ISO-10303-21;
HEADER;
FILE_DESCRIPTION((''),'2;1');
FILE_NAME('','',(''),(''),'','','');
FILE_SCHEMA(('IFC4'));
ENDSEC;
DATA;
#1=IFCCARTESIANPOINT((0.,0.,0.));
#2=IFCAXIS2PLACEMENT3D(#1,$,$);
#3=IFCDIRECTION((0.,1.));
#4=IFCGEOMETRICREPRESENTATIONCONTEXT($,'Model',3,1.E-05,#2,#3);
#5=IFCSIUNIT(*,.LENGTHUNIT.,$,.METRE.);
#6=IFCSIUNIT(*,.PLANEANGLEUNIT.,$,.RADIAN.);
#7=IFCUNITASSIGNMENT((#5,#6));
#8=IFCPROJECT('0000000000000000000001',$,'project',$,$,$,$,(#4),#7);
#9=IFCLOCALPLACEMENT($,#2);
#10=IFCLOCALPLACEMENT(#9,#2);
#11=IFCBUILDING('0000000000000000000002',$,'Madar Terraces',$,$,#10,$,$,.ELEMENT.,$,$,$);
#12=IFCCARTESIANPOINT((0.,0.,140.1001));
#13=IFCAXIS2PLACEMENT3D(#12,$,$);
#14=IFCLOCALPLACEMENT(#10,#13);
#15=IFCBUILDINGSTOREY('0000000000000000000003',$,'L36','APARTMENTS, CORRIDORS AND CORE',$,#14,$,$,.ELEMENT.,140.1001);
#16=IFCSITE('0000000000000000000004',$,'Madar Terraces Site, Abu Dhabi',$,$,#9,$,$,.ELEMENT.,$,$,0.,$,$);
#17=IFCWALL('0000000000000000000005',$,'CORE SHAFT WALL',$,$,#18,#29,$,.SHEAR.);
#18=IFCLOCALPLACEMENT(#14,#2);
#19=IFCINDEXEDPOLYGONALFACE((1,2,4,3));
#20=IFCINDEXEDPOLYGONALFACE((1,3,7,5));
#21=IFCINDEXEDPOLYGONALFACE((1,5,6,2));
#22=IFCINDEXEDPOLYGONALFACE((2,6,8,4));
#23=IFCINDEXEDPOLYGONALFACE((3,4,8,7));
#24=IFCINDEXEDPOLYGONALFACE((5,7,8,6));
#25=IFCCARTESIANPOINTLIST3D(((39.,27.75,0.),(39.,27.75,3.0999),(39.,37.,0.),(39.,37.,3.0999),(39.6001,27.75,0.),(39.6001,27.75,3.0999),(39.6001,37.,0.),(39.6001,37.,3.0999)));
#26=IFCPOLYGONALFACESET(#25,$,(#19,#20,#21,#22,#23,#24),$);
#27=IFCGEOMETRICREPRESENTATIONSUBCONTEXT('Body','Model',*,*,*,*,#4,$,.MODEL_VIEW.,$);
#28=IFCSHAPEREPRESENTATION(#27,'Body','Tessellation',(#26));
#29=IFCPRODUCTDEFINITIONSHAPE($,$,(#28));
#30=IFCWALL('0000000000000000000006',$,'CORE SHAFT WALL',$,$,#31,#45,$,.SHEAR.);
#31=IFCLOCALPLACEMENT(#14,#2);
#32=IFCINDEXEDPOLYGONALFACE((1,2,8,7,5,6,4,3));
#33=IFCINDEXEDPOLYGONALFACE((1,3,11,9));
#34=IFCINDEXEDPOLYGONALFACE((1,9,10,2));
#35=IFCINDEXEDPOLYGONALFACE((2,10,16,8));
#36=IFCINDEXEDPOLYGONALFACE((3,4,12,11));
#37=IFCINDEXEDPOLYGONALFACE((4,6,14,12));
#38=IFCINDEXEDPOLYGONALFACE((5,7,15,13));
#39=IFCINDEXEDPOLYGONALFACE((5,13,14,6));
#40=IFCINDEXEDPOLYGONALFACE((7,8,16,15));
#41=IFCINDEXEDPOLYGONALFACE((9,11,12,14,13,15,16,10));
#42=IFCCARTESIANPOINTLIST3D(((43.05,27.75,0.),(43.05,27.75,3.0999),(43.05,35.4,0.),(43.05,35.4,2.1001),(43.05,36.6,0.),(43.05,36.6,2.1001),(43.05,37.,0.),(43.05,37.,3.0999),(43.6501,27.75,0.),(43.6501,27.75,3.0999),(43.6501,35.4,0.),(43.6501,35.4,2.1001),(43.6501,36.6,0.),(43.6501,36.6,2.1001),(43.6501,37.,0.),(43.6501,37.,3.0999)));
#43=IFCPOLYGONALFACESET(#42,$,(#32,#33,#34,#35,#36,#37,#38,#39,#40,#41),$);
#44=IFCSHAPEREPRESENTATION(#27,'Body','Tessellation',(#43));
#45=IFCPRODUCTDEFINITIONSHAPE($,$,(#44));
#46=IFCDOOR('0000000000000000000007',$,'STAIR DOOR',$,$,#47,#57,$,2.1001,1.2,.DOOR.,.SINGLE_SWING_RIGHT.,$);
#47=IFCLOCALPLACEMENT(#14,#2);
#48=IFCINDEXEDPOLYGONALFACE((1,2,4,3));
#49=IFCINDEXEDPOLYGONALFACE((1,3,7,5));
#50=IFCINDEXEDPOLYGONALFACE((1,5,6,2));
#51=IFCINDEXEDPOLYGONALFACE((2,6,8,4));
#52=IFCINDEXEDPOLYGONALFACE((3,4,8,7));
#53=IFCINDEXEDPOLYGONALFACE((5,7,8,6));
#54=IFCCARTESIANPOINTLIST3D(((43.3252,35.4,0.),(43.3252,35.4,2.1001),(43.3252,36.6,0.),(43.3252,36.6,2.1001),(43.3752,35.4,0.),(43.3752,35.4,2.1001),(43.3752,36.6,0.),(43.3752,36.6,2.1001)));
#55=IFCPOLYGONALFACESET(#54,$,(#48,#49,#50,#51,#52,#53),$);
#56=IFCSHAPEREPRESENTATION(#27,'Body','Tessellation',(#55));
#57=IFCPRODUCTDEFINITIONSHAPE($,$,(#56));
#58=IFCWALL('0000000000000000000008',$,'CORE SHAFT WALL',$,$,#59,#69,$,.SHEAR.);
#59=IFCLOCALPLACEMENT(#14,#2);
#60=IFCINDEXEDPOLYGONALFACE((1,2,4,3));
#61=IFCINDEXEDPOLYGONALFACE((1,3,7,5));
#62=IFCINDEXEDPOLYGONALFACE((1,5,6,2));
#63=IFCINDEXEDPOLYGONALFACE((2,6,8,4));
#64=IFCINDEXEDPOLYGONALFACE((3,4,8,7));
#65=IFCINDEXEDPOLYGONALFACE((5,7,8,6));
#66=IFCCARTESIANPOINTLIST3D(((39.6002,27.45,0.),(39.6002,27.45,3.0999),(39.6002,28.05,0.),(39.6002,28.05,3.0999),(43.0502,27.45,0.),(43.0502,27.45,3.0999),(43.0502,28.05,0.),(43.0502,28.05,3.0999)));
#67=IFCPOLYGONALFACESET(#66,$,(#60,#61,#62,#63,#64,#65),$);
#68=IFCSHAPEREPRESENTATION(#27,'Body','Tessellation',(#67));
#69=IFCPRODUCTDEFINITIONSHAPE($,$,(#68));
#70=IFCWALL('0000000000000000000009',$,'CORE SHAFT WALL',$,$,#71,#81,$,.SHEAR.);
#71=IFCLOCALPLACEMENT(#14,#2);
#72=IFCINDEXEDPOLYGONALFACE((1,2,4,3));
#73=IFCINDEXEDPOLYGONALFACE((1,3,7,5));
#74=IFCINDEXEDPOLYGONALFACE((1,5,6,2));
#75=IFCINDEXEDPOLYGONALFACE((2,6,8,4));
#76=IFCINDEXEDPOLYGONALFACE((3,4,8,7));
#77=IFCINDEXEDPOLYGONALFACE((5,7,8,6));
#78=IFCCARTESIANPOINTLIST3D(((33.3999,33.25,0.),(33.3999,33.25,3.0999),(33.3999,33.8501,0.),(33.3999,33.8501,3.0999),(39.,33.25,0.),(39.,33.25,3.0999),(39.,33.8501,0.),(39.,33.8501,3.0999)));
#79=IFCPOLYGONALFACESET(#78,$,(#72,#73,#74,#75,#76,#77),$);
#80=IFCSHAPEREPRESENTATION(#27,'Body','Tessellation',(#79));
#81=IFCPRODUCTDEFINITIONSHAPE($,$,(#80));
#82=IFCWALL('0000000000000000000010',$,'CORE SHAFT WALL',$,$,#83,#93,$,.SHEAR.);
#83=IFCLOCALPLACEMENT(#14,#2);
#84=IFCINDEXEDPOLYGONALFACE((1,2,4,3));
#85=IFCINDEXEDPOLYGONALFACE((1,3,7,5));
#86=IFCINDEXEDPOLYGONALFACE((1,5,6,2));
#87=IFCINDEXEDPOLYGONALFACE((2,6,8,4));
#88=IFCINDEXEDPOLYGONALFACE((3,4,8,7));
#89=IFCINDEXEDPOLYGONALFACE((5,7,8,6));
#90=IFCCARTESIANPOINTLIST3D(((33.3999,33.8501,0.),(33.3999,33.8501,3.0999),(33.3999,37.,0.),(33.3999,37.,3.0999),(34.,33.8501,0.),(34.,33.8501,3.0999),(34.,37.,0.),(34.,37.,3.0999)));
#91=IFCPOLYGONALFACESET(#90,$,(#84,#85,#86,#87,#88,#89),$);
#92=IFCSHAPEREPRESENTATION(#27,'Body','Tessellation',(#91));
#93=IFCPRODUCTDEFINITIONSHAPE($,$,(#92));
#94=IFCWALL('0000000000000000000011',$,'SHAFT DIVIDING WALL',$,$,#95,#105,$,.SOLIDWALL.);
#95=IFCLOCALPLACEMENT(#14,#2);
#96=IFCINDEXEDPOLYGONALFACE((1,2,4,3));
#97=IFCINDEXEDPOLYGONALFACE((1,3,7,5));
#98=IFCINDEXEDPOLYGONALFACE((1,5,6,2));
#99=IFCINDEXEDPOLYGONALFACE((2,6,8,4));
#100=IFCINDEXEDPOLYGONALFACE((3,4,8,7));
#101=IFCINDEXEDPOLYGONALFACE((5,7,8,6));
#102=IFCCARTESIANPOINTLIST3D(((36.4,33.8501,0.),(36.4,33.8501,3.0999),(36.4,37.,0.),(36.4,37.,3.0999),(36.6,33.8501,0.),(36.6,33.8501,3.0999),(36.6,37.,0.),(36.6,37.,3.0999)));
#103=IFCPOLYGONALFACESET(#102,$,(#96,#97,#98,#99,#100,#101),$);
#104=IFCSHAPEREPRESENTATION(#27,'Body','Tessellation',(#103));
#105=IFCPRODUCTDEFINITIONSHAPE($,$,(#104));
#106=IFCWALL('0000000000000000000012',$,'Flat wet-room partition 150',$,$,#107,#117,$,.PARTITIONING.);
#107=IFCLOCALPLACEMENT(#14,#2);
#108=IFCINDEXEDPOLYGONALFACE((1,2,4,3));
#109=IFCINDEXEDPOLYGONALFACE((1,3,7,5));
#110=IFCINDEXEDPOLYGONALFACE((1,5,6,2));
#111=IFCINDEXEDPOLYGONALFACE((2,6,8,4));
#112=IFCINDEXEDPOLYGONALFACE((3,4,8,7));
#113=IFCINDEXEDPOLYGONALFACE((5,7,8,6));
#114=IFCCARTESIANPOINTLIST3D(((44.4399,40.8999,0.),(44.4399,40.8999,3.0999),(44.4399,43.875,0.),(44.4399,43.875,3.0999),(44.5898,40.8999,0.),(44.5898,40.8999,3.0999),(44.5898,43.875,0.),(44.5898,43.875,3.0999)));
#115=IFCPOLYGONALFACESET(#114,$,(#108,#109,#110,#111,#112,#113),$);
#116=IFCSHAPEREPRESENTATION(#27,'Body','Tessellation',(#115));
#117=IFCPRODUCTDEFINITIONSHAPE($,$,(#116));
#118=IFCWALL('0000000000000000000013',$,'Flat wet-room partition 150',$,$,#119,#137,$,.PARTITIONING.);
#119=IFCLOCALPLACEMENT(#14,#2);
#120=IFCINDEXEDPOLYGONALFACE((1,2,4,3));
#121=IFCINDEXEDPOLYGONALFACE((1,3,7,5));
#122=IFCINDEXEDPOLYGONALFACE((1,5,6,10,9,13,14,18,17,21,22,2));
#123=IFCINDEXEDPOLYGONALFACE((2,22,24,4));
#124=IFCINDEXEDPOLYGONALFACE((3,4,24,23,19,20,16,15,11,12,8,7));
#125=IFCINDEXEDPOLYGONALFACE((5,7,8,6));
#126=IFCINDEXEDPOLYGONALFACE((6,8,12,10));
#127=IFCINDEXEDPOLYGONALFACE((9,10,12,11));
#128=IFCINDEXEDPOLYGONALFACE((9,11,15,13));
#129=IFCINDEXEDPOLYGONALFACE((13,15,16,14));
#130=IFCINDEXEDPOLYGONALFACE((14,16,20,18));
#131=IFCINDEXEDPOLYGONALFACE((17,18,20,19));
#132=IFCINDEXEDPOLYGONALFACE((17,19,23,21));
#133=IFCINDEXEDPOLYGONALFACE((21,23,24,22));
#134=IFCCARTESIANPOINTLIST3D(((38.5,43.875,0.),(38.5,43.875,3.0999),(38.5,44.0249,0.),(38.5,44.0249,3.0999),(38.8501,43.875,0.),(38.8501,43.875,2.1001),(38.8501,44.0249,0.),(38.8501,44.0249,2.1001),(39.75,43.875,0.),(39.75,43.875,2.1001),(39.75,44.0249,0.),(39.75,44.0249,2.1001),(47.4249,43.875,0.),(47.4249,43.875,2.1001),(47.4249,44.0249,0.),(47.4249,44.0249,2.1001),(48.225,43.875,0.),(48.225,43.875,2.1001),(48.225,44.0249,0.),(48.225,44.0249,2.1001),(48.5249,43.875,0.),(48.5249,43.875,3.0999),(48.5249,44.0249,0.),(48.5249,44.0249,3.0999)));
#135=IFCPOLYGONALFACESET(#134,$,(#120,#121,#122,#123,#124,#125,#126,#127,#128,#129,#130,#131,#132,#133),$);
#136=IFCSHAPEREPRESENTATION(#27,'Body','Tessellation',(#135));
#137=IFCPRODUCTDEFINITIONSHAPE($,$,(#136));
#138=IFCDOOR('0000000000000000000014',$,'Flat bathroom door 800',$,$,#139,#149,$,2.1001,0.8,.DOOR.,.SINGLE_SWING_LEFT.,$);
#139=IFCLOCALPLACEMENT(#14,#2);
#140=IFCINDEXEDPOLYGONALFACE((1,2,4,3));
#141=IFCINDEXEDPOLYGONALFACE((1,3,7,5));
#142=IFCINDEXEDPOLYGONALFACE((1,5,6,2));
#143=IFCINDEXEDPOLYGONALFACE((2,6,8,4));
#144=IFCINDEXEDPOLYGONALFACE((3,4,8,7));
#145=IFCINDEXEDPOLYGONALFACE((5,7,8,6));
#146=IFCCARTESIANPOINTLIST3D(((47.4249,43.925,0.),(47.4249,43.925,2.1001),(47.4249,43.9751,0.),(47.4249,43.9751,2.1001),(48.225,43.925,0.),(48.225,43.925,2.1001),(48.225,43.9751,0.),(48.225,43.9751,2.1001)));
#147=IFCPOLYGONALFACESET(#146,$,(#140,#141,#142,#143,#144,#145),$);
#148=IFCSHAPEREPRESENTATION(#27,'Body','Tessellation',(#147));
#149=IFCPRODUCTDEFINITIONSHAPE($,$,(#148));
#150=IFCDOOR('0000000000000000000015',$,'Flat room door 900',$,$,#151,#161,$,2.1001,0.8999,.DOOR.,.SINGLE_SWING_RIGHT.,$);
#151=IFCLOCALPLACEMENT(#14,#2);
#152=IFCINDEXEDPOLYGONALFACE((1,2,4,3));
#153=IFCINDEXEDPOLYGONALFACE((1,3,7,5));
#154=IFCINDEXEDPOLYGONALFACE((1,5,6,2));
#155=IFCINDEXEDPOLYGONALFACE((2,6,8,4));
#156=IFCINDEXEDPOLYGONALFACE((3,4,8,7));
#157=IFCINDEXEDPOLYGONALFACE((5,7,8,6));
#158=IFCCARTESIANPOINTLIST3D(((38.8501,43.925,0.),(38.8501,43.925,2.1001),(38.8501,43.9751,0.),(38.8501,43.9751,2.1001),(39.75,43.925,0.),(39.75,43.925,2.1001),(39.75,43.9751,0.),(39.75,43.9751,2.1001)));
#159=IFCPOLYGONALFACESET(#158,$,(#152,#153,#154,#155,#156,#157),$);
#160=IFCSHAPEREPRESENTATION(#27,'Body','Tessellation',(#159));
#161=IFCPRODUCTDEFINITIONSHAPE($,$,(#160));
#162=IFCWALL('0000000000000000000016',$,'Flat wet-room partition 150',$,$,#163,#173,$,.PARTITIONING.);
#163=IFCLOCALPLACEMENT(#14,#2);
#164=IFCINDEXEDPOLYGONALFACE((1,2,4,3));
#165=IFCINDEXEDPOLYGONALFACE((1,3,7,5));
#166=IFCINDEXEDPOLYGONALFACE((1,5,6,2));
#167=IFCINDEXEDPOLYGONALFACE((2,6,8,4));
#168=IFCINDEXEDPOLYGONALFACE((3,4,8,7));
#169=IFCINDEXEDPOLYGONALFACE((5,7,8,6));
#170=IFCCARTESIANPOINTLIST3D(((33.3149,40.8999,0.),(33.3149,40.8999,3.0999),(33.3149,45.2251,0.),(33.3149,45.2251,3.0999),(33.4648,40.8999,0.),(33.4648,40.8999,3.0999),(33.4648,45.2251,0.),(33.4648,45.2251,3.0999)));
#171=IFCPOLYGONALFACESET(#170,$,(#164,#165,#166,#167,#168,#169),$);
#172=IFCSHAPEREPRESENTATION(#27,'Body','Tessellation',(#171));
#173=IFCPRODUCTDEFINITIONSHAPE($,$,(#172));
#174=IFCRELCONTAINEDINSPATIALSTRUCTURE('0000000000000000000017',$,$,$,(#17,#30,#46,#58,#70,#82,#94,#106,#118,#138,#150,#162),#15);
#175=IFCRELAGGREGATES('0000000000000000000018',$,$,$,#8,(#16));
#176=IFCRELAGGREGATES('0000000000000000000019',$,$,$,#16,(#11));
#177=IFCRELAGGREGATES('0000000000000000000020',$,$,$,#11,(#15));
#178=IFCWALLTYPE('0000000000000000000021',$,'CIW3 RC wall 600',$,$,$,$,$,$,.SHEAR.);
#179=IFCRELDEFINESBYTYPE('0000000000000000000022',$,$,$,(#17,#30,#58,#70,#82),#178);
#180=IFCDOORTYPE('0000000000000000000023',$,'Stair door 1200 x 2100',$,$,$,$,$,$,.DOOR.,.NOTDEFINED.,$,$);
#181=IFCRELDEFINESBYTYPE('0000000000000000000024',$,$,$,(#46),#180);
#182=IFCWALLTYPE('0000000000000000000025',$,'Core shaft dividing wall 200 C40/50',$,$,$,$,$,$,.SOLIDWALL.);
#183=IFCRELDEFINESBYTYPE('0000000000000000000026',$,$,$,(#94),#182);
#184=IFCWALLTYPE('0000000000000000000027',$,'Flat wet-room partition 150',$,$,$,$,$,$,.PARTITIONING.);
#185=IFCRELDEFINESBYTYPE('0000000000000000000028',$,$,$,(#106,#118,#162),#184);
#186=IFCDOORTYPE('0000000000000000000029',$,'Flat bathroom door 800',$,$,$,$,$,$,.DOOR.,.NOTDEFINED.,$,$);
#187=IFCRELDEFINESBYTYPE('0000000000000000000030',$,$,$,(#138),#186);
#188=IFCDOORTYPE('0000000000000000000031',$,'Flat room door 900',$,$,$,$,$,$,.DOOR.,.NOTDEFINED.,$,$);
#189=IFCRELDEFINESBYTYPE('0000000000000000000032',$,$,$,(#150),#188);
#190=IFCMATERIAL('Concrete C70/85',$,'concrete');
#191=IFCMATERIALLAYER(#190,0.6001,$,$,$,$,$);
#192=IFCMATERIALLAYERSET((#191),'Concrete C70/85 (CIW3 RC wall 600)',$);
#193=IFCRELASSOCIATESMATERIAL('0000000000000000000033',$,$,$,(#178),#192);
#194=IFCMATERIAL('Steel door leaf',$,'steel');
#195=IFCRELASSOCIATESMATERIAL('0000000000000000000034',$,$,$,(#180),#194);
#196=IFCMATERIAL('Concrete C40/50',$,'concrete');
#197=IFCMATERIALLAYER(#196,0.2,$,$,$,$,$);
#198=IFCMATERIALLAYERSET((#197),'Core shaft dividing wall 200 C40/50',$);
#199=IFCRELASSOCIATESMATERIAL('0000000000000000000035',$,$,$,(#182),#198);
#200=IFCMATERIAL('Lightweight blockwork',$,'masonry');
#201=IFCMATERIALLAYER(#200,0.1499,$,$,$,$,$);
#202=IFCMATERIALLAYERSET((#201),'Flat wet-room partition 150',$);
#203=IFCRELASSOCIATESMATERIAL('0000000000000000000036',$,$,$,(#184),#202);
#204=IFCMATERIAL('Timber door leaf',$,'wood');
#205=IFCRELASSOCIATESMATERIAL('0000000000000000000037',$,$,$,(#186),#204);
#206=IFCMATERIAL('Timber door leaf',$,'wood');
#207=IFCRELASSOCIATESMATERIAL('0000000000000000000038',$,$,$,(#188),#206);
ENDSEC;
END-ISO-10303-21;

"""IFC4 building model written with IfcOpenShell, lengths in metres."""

from ifc_helpers import new_model, si_unit, direction, frame, frame_2d, origin, place, context, subcontext, project, spatial, rectangle, extrude, material, layer, layer_set, type_object, element, fill, save


model = new_model("IFC4")

# Units and contexts
model_context = context("Model", 3, precision=1e-05, world=origin(), true_north=direction((0.0, 1.0)))
body_context = subcontext(model_context, "Body", "Model", "MODEL_VIEW")
ifc_project = project(units=[si_unit("LENGTHUNIT", "METRE"), si_unit("PLANEANGLEUNIT", "RADIAN")], contexts=[model_context])

# Site, building, storey
site_placement = place(None, origin())
site = spatial("IfcSite", under=ifc_project, at=site_placement, Name="Madar Terraces Site, Abu Dhabi", CompositionType="ELEMENT", RefElevation=0.0)
building_placement = place(site_placement, origin())
building = spatial("IfcBuilding", under=site, at=building_placement, Name="Madar Terraces", CompositionType="ELEMENT")
storey_placement = place(building_placement, frame((0.0, 0.0, 140.1001)))
storey = spatial("IfcBuildingStorey", under=building, at=storey_placement, Name="L36", Description="APARTMENTS, CORRIDORS AND CORE", CompositionType="ELEMENT", Elevation=140.1001)

# Wall
ifc_material_1 = material(Name="Concrete C70/85", Category="concrete")
ifc_layer_1 = layer(ifc_material_1, 0.6001)
ifc_layer_set_1 = layer_set([ifc_layer_1], Name="Concrete C70/85 (CIW3 RC wall 600)")
wall_type_1 = type_object("IfcWallType", Name="CIW3 RC wall 600", PredefinedType="SHEAR", material=ifc_layer_set_1)
wall_1_placement = place(storey_placement, frame((39.3, 27.75, 0.0), z_axis=(0.0, 0.0, 1.0), x_axis=(0.0, 1.0, 0.0)))
element("IfcWall", 1, at=wall_1_placement, inside=storey, type_object=wall_type_1, Name="CORE SHAFT WALL", PredefinedType="SHEAR", context=body_context, shape_type="SweptSolid", body=[
    extrude(rectangle(XDim=9.25, YDim=0.6001, at=frame_2d((4.625, 0.0))), origin(), (0.0, 0.0, 1.0), 3.0999),
])

# Wall, opening, door
wall_2_placement = place(storey_placement, frame((43.3501, 27.75, 0.0), z_axis=(0.0, 0.0, 1.0), x_axis=(0.0, 1.0, 0.0)))
wall_2 = element("IfcWall", 2, at=wall_2_placement, inside=storey, type_object=wall_type_1, Name="CORE SHAFT WALL", PredefinedType="SHEAR", context=body_context, shape_type="SweptSolid", body=[
    extrude(rectangle(XDim=9.25, YDim=0.6001, at=frame_2d((4.625, 0.0))), origin(), (0.0, 0.0, 1.0), 3.0999),
])
opening_1_placement = place(wall_2_placement, frame((7.6499, 0.0, 0.0)))
opening_1 = element("IfcOpeningElement", 3, at=opening_1_placement, cuts=wall_2, PredefinedType="OPENING", context=body_context, shape_type="SweptSolid", body=[
    extrude(rectangle(XDim=1.2, YDim=2.1001, at=frame_2d((0.6001, 1.05))), frame((0.0, 0.3101, 0.0), z_axis=(0.0, -1.0, 0.0), x_axis=(1.0, 0.0, 0.0)), (0.0, 0.0, 1.0), 0.6201),
])
ifc_material_2 = material(Name="Steel door leaf", Category="steel")
door_type_1 = type_object("IfcDoorType", Name="Stair door 1200 x 2100", OperationType="NOTDEFINED", PredefinedType="DOOR", material=ifc_material_2)
door_1_placement = place(opening_1_placement, origin())
door_1 = element("IfcDoor", 4, at=door_1_placement, inside=storey, type_object=door_type_1, Name="STAIR DOOR", OperationType="SINGLE_SWING_RIGHT", OverallHeight=2.1001, OverallWidth=1.2, PredefinedType="DOOR", context=body_context, shape_type="SweptSolid", body=[
    extrude(rectangle(XDim=1.2, YDim=2.1001, at=frame_2d((0.6001, 1.05))), frame((0.0, 0.0249, 0.0), z_axis=(0.0, -1.0, 0.0), x_axis=(1.0, 0.0, 0.0)), (0.0, 0.0, 1.0), 0.05),
])
fill(opening_1, door_1)

# Walls
wall_3_placement = place(storey_placement, frame((39.6001, 27.75, 0.0), z_axis=(0.0, 0.0, 1.0), x_axis=(1.0, 0.0, 0.0)))
element("IfcWall", 5, at=wall_3_placement, inside=storey, type_object=wall_type_1, Name="CORE SHAFT WALL", PredefinedType="SHEAR", context=body_context, shape_type="SweptSolid", body=[
    extrude(rectangle(XDim=3.45, YDim=0.6001, at=frame_2d((1.7251, 0.0))), origin(), (0.0, 0.0, 1.0), 3.0999),
])
wall_4_placement = place(storey_placement, frame((33.3999, 33.55, 0.0), z_axis=(0.0, 0.0, 1.0), x_axis=(1.0, 0.0, 0.0)))
element("IfcWall", 6, at=wall_4_placement, inside=storey, type_object=wall_type_1, Name="CORE SHAFT WALL", PredefinedType="SHEAR", context=body_context, shape_type="SweptSolid", body=[
    extrude(rectangle(XDim=5.6001, YDim=0.6001, at=frame_2d((2.8, 0.0))), origin(), (0.0, 0.0, 1.0), 3.0999),
])
wall_5_placement = place(storey_placement, frame((33.7, 33.8501, 0.0), z_axis=(0.0, 0.0, 1.0), x_axis=(0.0, 1.0, 0.0)))
element("IfcWall", 7, at=wall_5_placement, inside=storey, type_object=wall_type_1, Name="CORE SHAFT WALL", PredefinedType="SHEAR", context=body_context, shape_type="SweptSolid", body=[
    extrude(rectangle(XDim=3.1499, YDim=0.6001, at=frame_2d((1.575, 0.0))), origin(), (0.0, 0.0, 1.0), 3.0999),
])
ifc_material_3 = material(Name="Concrete C40/50", Category="concrete")
ifc_layer_2 = layer(ifc_material_3, 0.2)
ifc_layer_set_2 = layer_set([ifc_layer_2], Name="Core shaft dividing wall 200 C40/50")
wall_type_2 = type_object("IfcWallType", Name="Core shaft dividing wall 200 C40/50", PredefinedType="SOLIDWALL", material=ifc_layer_set_2)
wall_6_placement = place(storey_placement, frame((36.5, 33.8501, 0.0), z_axis=(0.0, 0.0, 1.0), x_axis=(0.0, 1.0, 0.0)))
element("IfcWall", 8, at=wall_6_placement, inside=storey, type_object=wall_type_2, Name="SHAFT DIVIDING WALL", PredefinedType="SOLIDWALL", context=body_context, shape_type="SweptSolid", body=[
    extrude(rectangle(XDim=3.1499, YDim=0.2, at=frame_2d((1.575, 0.0))), origin(), (0.0, 0.0, 1.0), 3.0999),
])
ifc_material_4 = material(Name="Lightweight blockwork", Category="masonry")
ifc_layer_3 = layer(ifc_material_4, 0.1499)
ifc_layer_set_3 = layer_set([ifc_layer_3], Name="Flat wet-room partition 150")
wall_type_3 = type_object("IfcWallType", Name="Flat wet-room partition 150", PredefinedType="PARTITIONING", material=ifc_layer_set_3)
wall_7_placement = place(storey_placement, frame((44.5149, 40.8999, 0.0), z_axis=(0.0, 0.0, 1.0), x_axis=(0.0, 1.0, 0.0)))
element("IfcWall", 9, at=wall_7_placement, inside=storey, type_object=wall_type_3, Name="Flat wet-room partition 150", PredefinedType="PARTITIONING", context=body_context, shape_type="SweptSolid", body=[
    extrude(rectangle(XDim=2.9751, YDim=0.1499, at=frame_2d((1.4875, 0.0))), origin(), (0.0, 0.0, 1.0), 3.0999),
])

# Wall, openings, doors
wall_8_placement = place(storey_placement, frame((48.5249, 43.95, 0.0), z_axis=(0.0, 0.0, 1.0), x_axis=(-1.0, 0.0, 0.0)))
wall_8 = element("IfcWall", 10, at=wall_8_placement, inside=storey, type_object=wall_type_3, Name="Flat wet-room partition 150", PredefinedType="PARTITIONING", context=body_context, shape_type="SweptSolid", body=[
    extrude(rectangle(XDim=10.0249, YDim=0.1499, at=frame_2d((5.0125, 0.0))), origin(), (0.0, 0.0, 1.0), 3.0999),
])
opening_2_placement = place(wall_8_placement, frame((0.3, 0.0, 0.0)))
opening_2 = element("IfcOpeningElement", 11, at=opening_2_placement, cuts=wall_8, PredefinedType="OPENING", context=body_context, shape_type="SweptSolid", body=[
    extrude(rectangle(XDim=0.8, YDim=2.1001, at=frame_2d((0.3999, 1.05))), frame((0.0, 0.085, 0.0), z_axis=(0.0, -1.0, 0.0), x_axis=(1.0, 0.0, 0.0)), (0.0, 0.0, 1.0), 0.1699),
])
opening_3_placement = place(wall_8_placement, frame((8.7749, 0.0, 0.0)))
opening_3 = element("IfcOpeningElement", 12, at=opening_3_placement, cuts=wall_8, PredefinedType="OPENING", context=body_context, shape_type="SweptSolid", body=[
    extrude(rectangle(XDim=0.8999, YDim=2.1001, at=frame_2d((0.45, 1.05))), frame((0.0, 0.085, 0.0), z_axis=(0.0, -1.0, 0.0), x_axis=(1.0, 0.0, 0.0)), (0.0, 0.0, 1.0), 0.1699),
])
ifc_material_5 = material(Name="Timber door leaf", Category="wood")
door_type_2 = type_object("IfcDoorType", Name="Flat bathroom door 800", OperationType="NOTDEFINED", PredefinedType="DOOR", material=ifc_material_5)
door_2_placement = place(opening_2_placement, origin())
door_2 = element("IfcDoor", 13, at=door_2_placement, inside=storey, type_object=door_type_2, Name="Flat bathroom door 800", OperationType="SINGLE_SWING_LEFT", OverallHeight=2.1001, OverallWidth=0.8, PredefinedType="DOOR", context=body_context, shape_type="SweptSolid", body=[
    extrude(rectangle(XDim=0.8, YDim=2.1001, at=frame_2d((0.3999, 1.05))), frame((0.0, 0.0249, 0.0), z_axis=(0.0, -1.0, 0.0), x_axis=(1.0, 0.0, 0.0)), (0.0, 0.0, 1.0), 0.05),
])
fill(opening_2, door_2)
ifc_material_6 = material(Name="Timber door leaf", Category="wood")
door_type_3 = type_object("IfcDoorType", Name="Flat room door 900", OperationType="NOTDEFINED", PredefinedType="DOOR", material=ifc_material_6)
door_3_placement = place(opening_3_placement, origin())
door_3 = element("IfcDoor", 14, at=door_3_placement, inside=storey, type_object=door_type_3, Name="Flat room door 900", OperationType="SINGLE_SWING_RIGHT", OverallHeight=2.1001, OverallWidth=0.8999, PredefinedType="DOOR", context=body_context, shape_type="SweptSolid", body=[
    extrude(rectangle(XDim=0.8999, YDim=2.1001, at=frame_2d((0.45, 1.05))), frame((0.0, 0.0249, 0.0), z_axis=(0.0, -1.0, 0.0), x_axis=(1.0, 0.0, 0.0)), (0.0, 0.0, 1.0), 0.05),
])
fill(opening_3, door_3)

# Wall
wall_9_placement = place(storey_placement, frame((33.3899, 40.8999, 0.0), z_axis=(0.0, 0.0, 1.0), x_axis=(0.0, 1.0, 0.0)))
element("IfcWall", 15, at=wall_9_placement, inside=storey, type_object=wall_type_3, Name="Flat wet-room partition 150", PredefinedType="PARTITIONING", context=body_context, shape_type="SweptSolid", body=[
    extrude(rectangle(XDim=4.3252, YDim=0.1499, at=frame_2d((2.1626, 0.0))), origin(), (0.0, 0.0, 1.0), 3.0999),
])

save(model, "model.ifc")
